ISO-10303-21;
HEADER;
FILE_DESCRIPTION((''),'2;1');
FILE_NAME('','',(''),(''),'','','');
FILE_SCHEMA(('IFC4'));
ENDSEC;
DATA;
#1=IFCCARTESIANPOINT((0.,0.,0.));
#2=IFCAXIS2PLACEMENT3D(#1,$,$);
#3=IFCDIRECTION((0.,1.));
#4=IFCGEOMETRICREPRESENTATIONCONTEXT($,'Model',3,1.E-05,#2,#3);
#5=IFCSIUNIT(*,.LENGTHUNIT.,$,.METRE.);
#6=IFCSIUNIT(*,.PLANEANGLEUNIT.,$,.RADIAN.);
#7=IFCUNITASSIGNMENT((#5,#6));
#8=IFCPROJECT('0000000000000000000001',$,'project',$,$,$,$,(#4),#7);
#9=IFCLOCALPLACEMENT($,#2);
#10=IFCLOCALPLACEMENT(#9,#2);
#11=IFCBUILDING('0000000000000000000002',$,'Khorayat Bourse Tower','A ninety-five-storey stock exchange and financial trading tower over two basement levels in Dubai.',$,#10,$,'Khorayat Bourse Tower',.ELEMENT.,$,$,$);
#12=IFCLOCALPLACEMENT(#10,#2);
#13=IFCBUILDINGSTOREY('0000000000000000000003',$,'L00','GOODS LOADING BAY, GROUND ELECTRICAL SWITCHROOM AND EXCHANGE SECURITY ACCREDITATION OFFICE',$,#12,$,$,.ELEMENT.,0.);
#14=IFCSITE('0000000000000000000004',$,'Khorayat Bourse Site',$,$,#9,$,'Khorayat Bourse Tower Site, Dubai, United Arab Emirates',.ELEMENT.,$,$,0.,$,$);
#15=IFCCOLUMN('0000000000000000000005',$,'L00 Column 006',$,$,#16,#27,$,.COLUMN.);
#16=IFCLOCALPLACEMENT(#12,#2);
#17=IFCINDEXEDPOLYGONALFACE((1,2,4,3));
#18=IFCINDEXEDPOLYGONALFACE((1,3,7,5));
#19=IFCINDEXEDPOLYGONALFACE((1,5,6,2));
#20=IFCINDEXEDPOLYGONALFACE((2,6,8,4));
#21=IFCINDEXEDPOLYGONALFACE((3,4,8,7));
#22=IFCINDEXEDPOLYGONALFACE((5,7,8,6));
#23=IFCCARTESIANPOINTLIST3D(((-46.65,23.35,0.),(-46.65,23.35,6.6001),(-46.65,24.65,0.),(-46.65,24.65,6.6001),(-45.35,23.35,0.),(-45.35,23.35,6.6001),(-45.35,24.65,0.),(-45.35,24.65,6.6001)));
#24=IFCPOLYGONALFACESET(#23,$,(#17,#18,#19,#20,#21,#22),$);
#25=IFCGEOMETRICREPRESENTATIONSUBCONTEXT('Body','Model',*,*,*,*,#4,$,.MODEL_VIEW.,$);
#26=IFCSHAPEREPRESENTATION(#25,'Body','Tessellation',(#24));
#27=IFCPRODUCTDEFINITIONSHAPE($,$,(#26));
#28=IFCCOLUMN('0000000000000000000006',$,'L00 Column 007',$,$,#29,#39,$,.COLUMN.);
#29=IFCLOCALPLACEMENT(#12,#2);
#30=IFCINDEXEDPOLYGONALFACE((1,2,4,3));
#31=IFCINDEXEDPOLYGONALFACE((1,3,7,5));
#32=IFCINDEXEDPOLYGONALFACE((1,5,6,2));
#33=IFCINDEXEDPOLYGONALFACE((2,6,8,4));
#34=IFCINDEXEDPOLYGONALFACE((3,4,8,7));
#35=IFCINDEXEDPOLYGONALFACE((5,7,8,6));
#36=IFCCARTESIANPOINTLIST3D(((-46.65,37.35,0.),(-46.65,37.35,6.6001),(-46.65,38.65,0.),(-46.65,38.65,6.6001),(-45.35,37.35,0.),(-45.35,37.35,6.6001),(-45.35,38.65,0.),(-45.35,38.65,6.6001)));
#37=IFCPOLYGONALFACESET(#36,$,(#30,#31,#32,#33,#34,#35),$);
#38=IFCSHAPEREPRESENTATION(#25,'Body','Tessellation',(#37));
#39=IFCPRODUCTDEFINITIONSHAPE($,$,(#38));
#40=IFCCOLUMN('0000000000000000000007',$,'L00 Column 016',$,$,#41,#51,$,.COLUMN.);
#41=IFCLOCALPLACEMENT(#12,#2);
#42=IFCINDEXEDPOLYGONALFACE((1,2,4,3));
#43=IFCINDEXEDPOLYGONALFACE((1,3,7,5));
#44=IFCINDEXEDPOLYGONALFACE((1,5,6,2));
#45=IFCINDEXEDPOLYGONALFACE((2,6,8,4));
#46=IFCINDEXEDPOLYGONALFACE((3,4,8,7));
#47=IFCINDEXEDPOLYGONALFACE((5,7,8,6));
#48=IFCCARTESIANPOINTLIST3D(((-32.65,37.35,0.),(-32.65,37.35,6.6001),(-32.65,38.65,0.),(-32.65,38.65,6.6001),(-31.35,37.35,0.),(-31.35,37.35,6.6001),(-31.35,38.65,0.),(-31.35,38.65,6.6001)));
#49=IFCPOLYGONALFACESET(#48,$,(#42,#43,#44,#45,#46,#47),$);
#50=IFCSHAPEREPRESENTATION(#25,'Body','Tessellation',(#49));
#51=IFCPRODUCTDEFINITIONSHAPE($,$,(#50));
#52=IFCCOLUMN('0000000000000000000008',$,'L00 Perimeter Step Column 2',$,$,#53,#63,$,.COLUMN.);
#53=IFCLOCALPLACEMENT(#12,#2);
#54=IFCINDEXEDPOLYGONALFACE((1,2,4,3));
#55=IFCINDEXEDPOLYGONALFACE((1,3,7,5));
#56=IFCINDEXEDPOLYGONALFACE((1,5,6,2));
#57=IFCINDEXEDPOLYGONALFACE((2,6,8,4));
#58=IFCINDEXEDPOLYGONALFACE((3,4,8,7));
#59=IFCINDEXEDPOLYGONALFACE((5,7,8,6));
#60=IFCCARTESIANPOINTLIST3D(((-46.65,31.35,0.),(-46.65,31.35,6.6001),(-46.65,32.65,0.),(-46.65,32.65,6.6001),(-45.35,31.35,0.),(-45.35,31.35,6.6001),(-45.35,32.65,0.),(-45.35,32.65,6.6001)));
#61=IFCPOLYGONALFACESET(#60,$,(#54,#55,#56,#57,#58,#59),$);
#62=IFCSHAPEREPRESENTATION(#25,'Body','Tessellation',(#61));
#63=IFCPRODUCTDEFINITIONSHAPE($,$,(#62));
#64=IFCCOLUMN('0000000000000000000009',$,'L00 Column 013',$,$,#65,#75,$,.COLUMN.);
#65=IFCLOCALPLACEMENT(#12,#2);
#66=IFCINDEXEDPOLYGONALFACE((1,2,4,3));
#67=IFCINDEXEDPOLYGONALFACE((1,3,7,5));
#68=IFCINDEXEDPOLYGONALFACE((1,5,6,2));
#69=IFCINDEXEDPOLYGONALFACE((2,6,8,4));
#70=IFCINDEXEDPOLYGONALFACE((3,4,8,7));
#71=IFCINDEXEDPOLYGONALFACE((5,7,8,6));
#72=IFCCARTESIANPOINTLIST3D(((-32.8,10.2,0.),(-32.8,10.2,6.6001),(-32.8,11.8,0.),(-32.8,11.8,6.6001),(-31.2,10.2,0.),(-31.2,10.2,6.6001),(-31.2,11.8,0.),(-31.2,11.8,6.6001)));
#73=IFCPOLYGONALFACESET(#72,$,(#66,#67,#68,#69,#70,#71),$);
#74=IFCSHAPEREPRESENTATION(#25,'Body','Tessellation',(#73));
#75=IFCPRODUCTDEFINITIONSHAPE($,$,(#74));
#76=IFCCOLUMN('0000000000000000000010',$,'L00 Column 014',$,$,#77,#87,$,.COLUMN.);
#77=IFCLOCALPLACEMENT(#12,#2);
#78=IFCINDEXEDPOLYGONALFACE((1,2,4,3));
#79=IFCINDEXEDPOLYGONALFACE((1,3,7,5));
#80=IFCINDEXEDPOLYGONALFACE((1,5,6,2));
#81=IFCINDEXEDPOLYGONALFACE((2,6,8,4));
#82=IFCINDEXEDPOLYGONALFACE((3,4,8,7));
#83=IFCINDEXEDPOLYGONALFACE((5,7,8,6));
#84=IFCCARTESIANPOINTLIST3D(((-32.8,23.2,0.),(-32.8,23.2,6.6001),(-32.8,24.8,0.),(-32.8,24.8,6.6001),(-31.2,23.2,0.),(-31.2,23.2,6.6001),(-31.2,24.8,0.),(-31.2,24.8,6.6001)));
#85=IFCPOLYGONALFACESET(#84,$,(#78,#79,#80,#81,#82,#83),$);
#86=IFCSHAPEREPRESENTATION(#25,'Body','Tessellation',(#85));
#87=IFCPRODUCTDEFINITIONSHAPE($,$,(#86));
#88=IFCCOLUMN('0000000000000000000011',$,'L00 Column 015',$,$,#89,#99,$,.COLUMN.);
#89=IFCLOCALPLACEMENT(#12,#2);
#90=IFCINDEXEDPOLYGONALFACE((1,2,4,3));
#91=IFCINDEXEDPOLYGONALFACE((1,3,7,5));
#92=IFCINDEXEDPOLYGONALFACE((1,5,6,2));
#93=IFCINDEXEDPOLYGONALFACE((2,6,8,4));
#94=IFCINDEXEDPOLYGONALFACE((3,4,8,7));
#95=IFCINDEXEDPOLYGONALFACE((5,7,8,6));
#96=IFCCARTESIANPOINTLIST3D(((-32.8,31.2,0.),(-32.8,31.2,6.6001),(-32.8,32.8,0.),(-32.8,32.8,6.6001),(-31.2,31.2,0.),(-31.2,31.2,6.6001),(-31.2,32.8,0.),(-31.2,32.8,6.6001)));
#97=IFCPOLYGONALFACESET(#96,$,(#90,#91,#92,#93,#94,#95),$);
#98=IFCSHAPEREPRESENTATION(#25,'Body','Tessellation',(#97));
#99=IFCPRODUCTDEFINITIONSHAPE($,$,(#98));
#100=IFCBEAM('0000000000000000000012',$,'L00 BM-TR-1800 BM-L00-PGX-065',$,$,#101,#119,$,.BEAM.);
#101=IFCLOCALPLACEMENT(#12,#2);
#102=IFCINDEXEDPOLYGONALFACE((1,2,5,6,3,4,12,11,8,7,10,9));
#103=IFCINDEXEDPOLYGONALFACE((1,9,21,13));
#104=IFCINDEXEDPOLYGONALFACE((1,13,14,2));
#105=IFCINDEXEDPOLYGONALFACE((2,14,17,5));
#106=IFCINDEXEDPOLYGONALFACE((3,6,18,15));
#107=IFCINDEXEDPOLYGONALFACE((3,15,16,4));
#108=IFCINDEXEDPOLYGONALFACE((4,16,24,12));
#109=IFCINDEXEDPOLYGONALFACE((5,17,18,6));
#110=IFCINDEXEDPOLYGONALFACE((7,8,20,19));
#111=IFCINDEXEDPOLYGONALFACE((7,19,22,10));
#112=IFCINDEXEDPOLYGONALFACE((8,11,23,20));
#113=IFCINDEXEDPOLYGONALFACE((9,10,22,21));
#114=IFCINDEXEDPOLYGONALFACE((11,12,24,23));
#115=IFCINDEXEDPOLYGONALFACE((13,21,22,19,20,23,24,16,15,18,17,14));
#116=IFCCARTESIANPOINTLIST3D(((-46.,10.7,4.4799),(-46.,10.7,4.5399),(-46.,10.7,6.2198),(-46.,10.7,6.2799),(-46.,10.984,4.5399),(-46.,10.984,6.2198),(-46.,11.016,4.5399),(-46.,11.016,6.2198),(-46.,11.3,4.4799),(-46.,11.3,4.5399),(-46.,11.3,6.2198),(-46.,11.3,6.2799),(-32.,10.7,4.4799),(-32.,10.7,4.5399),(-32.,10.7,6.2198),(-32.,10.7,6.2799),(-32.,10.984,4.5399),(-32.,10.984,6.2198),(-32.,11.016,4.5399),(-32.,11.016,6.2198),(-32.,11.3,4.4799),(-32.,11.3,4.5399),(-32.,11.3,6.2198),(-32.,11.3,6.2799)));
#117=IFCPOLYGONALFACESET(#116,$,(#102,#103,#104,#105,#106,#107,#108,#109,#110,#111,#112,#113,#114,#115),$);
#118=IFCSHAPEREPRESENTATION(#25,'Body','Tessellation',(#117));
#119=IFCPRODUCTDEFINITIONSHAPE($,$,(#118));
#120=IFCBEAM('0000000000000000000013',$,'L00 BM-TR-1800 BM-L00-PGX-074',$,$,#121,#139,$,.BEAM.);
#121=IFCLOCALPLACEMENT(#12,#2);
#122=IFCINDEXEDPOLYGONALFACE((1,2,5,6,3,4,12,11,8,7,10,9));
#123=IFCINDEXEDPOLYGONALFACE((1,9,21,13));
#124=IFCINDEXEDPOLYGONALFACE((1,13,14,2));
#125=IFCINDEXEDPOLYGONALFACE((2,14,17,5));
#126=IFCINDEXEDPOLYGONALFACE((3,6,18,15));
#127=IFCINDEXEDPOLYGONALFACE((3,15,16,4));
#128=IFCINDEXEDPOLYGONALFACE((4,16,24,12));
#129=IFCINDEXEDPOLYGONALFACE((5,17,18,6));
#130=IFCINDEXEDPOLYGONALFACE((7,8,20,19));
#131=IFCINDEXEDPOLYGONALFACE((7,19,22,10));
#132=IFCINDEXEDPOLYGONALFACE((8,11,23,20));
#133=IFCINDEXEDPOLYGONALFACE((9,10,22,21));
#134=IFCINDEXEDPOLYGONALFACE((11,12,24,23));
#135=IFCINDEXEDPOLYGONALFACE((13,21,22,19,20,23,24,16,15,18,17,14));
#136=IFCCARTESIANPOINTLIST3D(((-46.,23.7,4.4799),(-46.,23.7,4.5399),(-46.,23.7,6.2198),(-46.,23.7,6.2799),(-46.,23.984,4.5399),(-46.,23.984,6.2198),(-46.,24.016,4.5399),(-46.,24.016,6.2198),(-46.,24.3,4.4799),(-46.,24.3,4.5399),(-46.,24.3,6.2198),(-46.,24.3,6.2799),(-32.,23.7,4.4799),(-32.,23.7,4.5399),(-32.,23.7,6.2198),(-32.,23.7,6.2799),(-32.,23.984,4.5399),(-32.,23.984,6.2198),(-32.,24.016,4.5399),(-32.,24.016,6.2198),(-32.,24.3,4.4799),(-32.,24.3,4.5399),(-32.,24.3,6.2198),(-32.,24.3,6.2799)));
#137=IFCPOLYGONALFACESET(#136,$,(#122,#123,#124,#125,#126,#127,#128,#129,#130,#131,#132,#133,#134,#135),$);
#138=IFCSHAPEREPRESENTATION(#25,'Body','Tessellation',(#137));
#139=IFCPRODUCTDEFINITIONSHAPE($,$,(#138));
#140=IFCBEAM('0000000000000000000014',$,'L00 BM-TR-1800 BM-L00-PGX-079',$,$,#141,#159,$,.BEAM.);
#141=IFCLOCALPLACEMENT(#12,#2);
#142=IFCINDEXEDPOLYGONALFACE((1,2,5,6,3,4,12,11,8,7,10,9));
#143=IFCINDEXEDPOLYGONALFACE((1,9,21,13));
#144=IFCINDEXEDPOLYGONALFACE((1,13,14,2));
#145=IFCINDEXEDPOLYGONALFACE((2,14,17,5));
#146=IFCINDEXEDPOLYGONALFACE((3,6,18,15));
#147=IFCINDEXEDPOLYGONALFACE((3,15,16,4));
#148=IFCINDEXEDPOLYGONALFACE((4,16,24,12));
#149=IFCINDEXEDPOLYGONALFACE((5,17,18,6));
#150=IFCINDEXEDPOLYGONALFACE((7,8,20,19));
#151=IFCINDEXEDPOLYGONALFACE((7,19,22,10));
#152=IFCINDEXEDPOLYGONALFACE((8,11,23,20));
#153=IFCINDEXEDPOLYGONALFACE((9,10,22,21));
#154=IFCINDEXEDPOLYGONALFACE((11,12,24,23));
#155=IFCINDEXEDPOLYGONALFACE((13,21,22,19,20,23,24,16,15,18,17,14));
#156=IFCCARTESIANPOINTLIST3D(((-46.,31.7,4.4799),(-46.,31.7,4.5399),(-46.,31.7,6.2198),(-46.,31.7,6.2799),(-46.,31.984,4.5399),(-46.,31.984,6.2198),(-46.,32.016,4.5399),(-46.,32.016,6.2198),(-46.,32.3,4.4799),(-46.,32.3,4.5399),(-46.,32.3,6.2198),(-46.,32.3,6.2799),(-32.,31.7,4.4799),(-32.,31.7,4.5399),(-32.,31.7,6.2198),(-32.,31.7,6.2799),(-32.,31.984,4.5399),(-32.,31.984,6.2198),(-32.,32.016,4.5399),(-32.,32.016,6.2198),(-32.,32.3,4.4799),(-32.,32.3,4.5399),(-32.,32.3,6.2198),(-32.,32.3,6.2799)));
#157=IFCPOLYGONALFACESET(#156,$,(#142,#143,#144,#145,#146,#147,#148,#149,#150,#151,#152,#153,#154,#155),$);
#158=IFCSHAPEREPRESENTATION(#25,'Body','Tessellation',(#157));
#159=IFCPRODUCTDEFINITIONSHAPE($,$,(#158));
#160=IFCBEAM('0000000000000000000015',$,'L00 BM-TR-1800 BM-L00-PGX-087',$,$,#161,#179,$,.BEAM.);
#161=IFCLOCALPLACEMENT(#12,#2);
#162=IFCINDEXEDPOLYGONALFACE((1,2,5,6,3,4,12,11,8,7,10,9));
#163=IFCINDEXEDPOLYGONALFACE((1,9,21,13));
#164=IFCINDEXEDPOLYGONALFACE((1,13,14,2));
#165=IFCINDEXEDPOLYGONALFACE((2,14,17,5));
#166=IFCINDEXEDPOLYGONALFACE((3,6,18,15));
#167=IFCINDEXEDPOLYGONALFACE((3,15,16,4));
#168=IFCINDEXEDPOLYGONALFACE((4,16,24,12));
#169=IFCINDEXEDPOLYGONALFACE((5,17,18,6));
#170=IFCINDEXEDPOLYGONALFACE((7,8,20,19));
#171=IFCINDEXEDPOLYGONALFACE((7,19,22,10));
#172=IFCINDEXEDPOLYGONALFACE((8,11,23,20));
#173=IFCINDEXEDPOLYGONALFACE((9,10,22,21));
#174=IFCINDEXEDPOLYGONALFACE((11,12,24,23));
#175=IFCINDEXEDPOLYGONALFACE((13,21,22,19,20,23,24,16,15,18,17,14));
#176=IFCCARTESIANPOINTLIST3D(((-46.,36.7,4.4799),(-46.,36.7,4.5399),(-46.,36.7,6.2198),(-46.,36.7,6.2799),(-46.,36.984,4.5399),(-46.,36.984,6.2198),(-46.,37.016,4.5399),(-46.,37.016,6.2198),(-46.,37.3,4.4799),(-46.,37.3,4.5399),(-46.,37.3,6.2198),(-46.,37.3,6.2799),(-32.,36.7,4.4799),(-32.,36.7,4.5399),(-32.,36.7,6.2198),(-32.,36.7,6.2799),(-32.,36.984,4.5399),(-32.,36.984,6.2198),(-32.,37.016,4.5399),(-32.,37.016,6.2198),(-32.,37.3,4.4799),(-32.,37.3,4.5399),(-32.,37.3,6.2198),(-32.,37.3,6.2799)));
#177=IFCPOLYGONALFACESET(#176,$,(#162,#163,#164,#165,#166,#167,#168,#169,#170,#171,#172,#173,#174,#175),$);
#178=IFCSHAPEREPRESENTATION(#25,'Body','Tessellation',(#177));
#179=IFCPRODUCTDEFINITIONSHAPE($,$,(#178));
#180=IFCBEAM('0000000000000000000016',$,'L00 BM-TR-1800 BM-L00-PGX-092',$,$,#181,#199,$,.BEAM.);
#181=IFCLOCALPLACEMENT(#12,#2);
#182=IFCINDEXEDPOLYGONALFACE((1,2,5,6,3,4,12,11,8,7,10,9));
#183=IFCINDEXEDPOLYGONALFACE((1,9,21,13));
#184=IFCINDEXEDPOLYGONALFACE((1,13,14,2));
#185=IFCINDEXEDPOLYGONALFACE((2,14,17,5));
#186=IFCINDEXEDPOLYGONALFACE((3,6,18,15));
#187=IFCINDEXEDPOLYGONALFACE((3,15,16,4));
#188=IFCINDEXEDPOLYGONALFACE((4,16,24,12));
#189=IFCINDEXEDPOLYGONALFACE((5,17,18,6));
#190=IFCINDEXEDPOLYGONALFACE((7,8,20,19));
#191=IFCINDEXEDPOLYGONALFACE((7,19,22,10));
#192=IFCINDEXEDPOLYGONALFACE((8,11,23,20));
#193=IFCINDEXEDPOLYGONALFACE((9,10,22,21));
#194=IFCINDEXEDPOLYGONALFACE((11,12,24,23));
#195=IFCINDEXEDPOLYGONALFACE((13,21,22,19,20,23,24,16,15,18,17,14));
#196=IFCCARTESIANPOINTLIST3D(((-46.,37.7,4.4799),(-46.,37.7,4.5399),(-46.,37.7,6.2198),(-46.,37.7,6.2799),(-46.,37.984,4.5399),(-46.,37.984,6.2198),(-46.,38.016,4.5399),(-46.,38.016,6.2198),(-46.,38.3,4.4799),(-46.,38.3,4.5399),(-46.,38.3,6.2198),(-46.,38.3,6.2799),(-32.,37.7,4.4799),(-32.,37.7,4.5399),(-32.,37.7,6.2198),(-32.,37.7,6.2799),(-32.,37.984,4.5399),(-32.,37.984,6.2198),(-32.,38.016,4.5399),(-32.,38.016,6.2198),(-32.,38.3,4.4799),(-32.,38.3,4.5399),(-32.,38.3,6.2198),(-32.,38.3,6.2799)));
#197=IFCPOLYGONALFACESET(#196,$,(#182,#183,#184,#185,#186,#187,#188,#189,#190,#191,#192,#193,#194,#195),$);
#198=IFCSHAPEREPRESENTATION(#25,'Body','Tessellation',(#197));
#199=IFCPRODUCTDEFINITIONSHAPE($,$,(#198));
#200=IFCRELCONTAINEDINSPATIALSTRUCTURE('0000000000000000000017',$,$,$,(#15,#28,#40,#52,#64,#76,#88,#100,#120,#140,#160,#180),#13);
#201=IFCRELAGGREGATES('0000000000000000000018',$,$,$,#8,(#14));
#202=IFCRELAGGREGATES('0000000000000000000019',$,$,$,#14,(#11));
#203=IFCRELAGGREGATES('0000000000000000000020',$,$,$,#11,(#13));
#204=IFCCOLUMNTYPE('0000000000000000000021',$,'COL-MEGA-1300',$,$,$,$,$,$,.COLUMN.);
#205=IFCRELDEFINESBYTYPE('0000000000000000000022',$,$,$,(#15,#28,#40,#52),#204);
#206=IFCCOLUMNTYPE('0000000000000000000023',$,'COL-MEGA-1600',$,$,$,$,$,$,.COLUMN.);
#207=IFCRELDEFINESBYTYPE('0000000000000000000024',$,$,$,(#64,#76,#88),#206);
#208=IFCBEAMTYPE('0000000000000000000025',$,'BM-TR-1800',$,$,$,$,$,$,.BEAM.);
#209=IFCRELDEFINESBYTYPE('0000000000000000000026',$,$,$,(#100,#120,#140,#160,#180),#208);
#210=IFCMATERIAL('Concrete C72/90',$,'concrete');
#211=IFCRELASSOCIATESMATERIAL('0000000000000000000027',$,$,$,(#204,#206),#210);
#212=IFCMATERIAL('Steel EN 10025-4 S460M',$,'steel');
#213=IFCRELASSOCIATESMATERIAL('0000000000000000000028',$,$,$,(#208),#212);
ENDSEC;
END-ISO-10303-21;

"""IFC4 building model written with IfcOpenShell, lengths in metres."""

from ifc_helpers import new_model, si_unit, direction, frame, origin, origin_2d, place, context, subcontext, project, spatial, rectangle, i_section, extrude, source, transform, mapped, material, material_profile, profile_set, type_object, element, save


model = new_model("IFC4")

# Units and contexts
model_context = context("Model", 3, precision=1e-05, world=origin(), true_north=direction((0.0, 1.0)))
body_context = subcontext(model_context, "Body", "Model", "MODEL_VIEW")
ifc_project = project(units=[si_unit("LENGTHUNIT", "METRE"), si_unit("PLANEANGLEUNIT", "RADIAN")], contexts=[model_context])

# Site, building, storey
site_placement = place(None, origin())
site = spatial("IfcSite", under=ifc_project, at=site_placement, Name="Khorayat Bourse Site", LongName="Khorayat Bourse Tower Site, Dubai, United Arab Emirates", CompositionType="ELEMENT", RefElevation=0.0)
building_placement = place(site_placement, origin())
building = spatial("IfcBuilding", under=site, at=building_placement, Name="Khorayat Bourse Tower", Description="A ninety-five-storey stock exchange and financial trading tower over two basement levels in Dubai.", LongName="Khorayat Bourse Tower", CompositionType="ELEMENT")
storey_placement = place(building_placement, origin())
storey = spatial("IfcBuildingStorey", under=building, at=storey_placement, Name="L00", Description="GOODS LOADING BAY, GROUND ELECTRICAL SWITCHROOM AND EXCHANGE SECURITY ACCREDITATION OFFICE", CompositionType="ELEMENT", Elevation=0.0)

# Columns
ifc_material_1 = material(Name="Concrete C72/90", Category="concrete")
ifc_material_profile_1 = material_profile(ifc_material_1, rectangle(XDim=1.3, YDim=1.3, at=origin_2d()), Name="RC 1300x1300")
ifc_profile_set_1 = profile_set([ifc_material_profile_1], Name="Concrete C72/90")
column_type_1 = type_object("IfcColumnType", Name="COL-MEGA-1300", PredefinedType="COLUMN", material=ifc_profile_set_1)
shared_shape_1 = source(origin(), body_context, "Body", "SweptSolid", [
    extrude(rectangle(XDim=1.3, YDim=1.3, at=origin_2d()), origin(), (0.0, 0.0, 1.0), 6.6001),
])
for number, where, z_axis, x_axis, name in (
    (1, (-46.0, 24.0, 0.0), (0.0, 0.0, 1.0), (1.0, 0.0, 0.0), "L00 Column 006"),
    (2, (-46.0, 38.0, 0.0), (0.0, 0.0, 1.0), (1.0, 0.0, 0.0), "L00 Column 007"),
    (3, (-32.0, 38.0, 0.0), (0.0, 0.0, 1.0), (1.0, 0.0, 0.0), "L00 Column 016"),
    (4, (-46.0, 32.0, 0.0), (0.0, 0.0, 1.0), (1.0, 0.0, 0.0), "L00 Perimeter Step Column 2"),
):
    element("IfcColumn", number, at=place(storey_placement, frame(where, z_axis=z_axis, x_axis=x_axis)), inside=storey, type_object=column_type_1, Name=name, PredefinedType="COLUMN", context=body_context, shape_type="MappedRepresentation", body=[
        mapped(shared_shape_1, transform((0.0, 0.0, 0.0), scale=1.0)),
    ])
ifc_material_profile_2 = material_profile(ifc_material_1, rectangle(XDim=1.6001, YDim=1.6001, at=origin_2d()), Name="RC 1600x1600")
ifc_profile_set_2 = profile_set([ifc_material_profile_2], Name="Concrete C72/90")
column_type_2 = type_object("IfcColumnType", Name="COL-MEGA-1600", PredefinedType="COLUMN", material=ifc_profile_set_2)
shared_shape_2 = source(origin(), body_context, "Body", "SweptSolid", [
    extrude(rectangle(XDim=1.6001, YDim=1.6001, at=origin_2d()), origin(), (0.0, 0.0, 1.0), 6.6001),
])
for number, where, z_axis, x_axis, name in (
    (5, (-32.0, 11.0, 0.0), (0.0, 0.0, 1.0), (1.0, 0.0, 0.0), "L00 Column 013"),
    (6, (-32.0, 24.0, 0.0), (0.0, 0.0, 1.0), (1.0, 0.0, 0.0), "L00 Column 014"),
    (7, (-32.0, 32.0, 0.0), (0.0, 0.0, 1.0), (1.0, 0.0, 0.0), "L00 Column 015"),
):
    element("IfcColumn", number, at=place(storey_placement, frame(where, z_axis=z_axis, x_axis=x_axis)), inside=storey, type_object=column_type_2, Name=name, PredefinedType="COLUMN", context=body_context, shape_type="MappedRepresentation", body=[
        mapped(shared_shape_2, transform((0.0, 0.0, 0.0), scale=1.0)),
    ])

# Beams
ifc_material_2 = material(Name="Steel EN 10025-4 S460M", Category="steel")
ifc_material_profile_3 = material_profile(ifc_material_2, i_section(OverallWidth=0.6001, OverallDepth=1.8, WebThickness=0.032, FlangeThickness=0.0601, at=origin_2d()), Name="PG 1800x600x32x60")
ifc_profile_set_3 = profile_set([ifc_material_profile_3], Name="Steel EN 10025-4 S460M")
beam_type_1 = type_object("IfcBeamType", Name="BM-TR-1800", PredefinedType="BEAM", material=ifc_profile_set_3)
shared_shape_3 = source(origin(), body_context, "Body", "SweptSolid", [
    extrude(i_section(OverallWidth=0.6001, OverallDepth=1.8, WebThickness=0.032, FlangeThickness=0.0601, at=origin_2d()), origin(), (0.0, 0.0, 1.0), 14.0),
])
for number, where, z_axis, x_axis, name in (
    (8, (-46.0, 11.0, 5.3799), (1.0, 0.0, 0.0), (0.0, 1.0, 0.0), "L00 BM-TR-1800 BM-L00-PGX-065"),
    (9, (-46.0, 24.0, 5.3799), (1.0, 0.0, 0.0), (0.0, 1.0, 0.0), "L00 BM-TR-1800 BM-L00-PGX-074"),
    (10, (-46.0, 32.0, 5.3799), (1.0, 0.0, 0.0), (0.0, 1.0, 0.0), "L00 BM-TR-1800 BM-L00-PGX-079"),
    (11, (-46.0, 37.0, 5.3799), (1.0, 0.0, 0.0), (0.0, 1.0, 0.0), "L00 BM-TR-1800 BM-L00-PGX-087"),
    (12, (-46.0, 38.0, 5.3799), (1.0, 0.0, 0.0), (0.0, 1.0, 0.0), "L00 BM-TR-1800 BM-L00-PGX-092"),
):
    element("IfcBeam", number, at=place(storey_placement, frame(where, z_axis=z_axis, x_axis=x_axis)), inside=storey, type_object=beam_type_1, Name=name, PredefinedType="BEAM", context=body_context, shape_type="MappedRepresentation", body=[
        mapped(shared_shape_3, transform((0.0, 0.0, 0.0), scale=1.0)),
    ])

save(model, "model.ifc")
